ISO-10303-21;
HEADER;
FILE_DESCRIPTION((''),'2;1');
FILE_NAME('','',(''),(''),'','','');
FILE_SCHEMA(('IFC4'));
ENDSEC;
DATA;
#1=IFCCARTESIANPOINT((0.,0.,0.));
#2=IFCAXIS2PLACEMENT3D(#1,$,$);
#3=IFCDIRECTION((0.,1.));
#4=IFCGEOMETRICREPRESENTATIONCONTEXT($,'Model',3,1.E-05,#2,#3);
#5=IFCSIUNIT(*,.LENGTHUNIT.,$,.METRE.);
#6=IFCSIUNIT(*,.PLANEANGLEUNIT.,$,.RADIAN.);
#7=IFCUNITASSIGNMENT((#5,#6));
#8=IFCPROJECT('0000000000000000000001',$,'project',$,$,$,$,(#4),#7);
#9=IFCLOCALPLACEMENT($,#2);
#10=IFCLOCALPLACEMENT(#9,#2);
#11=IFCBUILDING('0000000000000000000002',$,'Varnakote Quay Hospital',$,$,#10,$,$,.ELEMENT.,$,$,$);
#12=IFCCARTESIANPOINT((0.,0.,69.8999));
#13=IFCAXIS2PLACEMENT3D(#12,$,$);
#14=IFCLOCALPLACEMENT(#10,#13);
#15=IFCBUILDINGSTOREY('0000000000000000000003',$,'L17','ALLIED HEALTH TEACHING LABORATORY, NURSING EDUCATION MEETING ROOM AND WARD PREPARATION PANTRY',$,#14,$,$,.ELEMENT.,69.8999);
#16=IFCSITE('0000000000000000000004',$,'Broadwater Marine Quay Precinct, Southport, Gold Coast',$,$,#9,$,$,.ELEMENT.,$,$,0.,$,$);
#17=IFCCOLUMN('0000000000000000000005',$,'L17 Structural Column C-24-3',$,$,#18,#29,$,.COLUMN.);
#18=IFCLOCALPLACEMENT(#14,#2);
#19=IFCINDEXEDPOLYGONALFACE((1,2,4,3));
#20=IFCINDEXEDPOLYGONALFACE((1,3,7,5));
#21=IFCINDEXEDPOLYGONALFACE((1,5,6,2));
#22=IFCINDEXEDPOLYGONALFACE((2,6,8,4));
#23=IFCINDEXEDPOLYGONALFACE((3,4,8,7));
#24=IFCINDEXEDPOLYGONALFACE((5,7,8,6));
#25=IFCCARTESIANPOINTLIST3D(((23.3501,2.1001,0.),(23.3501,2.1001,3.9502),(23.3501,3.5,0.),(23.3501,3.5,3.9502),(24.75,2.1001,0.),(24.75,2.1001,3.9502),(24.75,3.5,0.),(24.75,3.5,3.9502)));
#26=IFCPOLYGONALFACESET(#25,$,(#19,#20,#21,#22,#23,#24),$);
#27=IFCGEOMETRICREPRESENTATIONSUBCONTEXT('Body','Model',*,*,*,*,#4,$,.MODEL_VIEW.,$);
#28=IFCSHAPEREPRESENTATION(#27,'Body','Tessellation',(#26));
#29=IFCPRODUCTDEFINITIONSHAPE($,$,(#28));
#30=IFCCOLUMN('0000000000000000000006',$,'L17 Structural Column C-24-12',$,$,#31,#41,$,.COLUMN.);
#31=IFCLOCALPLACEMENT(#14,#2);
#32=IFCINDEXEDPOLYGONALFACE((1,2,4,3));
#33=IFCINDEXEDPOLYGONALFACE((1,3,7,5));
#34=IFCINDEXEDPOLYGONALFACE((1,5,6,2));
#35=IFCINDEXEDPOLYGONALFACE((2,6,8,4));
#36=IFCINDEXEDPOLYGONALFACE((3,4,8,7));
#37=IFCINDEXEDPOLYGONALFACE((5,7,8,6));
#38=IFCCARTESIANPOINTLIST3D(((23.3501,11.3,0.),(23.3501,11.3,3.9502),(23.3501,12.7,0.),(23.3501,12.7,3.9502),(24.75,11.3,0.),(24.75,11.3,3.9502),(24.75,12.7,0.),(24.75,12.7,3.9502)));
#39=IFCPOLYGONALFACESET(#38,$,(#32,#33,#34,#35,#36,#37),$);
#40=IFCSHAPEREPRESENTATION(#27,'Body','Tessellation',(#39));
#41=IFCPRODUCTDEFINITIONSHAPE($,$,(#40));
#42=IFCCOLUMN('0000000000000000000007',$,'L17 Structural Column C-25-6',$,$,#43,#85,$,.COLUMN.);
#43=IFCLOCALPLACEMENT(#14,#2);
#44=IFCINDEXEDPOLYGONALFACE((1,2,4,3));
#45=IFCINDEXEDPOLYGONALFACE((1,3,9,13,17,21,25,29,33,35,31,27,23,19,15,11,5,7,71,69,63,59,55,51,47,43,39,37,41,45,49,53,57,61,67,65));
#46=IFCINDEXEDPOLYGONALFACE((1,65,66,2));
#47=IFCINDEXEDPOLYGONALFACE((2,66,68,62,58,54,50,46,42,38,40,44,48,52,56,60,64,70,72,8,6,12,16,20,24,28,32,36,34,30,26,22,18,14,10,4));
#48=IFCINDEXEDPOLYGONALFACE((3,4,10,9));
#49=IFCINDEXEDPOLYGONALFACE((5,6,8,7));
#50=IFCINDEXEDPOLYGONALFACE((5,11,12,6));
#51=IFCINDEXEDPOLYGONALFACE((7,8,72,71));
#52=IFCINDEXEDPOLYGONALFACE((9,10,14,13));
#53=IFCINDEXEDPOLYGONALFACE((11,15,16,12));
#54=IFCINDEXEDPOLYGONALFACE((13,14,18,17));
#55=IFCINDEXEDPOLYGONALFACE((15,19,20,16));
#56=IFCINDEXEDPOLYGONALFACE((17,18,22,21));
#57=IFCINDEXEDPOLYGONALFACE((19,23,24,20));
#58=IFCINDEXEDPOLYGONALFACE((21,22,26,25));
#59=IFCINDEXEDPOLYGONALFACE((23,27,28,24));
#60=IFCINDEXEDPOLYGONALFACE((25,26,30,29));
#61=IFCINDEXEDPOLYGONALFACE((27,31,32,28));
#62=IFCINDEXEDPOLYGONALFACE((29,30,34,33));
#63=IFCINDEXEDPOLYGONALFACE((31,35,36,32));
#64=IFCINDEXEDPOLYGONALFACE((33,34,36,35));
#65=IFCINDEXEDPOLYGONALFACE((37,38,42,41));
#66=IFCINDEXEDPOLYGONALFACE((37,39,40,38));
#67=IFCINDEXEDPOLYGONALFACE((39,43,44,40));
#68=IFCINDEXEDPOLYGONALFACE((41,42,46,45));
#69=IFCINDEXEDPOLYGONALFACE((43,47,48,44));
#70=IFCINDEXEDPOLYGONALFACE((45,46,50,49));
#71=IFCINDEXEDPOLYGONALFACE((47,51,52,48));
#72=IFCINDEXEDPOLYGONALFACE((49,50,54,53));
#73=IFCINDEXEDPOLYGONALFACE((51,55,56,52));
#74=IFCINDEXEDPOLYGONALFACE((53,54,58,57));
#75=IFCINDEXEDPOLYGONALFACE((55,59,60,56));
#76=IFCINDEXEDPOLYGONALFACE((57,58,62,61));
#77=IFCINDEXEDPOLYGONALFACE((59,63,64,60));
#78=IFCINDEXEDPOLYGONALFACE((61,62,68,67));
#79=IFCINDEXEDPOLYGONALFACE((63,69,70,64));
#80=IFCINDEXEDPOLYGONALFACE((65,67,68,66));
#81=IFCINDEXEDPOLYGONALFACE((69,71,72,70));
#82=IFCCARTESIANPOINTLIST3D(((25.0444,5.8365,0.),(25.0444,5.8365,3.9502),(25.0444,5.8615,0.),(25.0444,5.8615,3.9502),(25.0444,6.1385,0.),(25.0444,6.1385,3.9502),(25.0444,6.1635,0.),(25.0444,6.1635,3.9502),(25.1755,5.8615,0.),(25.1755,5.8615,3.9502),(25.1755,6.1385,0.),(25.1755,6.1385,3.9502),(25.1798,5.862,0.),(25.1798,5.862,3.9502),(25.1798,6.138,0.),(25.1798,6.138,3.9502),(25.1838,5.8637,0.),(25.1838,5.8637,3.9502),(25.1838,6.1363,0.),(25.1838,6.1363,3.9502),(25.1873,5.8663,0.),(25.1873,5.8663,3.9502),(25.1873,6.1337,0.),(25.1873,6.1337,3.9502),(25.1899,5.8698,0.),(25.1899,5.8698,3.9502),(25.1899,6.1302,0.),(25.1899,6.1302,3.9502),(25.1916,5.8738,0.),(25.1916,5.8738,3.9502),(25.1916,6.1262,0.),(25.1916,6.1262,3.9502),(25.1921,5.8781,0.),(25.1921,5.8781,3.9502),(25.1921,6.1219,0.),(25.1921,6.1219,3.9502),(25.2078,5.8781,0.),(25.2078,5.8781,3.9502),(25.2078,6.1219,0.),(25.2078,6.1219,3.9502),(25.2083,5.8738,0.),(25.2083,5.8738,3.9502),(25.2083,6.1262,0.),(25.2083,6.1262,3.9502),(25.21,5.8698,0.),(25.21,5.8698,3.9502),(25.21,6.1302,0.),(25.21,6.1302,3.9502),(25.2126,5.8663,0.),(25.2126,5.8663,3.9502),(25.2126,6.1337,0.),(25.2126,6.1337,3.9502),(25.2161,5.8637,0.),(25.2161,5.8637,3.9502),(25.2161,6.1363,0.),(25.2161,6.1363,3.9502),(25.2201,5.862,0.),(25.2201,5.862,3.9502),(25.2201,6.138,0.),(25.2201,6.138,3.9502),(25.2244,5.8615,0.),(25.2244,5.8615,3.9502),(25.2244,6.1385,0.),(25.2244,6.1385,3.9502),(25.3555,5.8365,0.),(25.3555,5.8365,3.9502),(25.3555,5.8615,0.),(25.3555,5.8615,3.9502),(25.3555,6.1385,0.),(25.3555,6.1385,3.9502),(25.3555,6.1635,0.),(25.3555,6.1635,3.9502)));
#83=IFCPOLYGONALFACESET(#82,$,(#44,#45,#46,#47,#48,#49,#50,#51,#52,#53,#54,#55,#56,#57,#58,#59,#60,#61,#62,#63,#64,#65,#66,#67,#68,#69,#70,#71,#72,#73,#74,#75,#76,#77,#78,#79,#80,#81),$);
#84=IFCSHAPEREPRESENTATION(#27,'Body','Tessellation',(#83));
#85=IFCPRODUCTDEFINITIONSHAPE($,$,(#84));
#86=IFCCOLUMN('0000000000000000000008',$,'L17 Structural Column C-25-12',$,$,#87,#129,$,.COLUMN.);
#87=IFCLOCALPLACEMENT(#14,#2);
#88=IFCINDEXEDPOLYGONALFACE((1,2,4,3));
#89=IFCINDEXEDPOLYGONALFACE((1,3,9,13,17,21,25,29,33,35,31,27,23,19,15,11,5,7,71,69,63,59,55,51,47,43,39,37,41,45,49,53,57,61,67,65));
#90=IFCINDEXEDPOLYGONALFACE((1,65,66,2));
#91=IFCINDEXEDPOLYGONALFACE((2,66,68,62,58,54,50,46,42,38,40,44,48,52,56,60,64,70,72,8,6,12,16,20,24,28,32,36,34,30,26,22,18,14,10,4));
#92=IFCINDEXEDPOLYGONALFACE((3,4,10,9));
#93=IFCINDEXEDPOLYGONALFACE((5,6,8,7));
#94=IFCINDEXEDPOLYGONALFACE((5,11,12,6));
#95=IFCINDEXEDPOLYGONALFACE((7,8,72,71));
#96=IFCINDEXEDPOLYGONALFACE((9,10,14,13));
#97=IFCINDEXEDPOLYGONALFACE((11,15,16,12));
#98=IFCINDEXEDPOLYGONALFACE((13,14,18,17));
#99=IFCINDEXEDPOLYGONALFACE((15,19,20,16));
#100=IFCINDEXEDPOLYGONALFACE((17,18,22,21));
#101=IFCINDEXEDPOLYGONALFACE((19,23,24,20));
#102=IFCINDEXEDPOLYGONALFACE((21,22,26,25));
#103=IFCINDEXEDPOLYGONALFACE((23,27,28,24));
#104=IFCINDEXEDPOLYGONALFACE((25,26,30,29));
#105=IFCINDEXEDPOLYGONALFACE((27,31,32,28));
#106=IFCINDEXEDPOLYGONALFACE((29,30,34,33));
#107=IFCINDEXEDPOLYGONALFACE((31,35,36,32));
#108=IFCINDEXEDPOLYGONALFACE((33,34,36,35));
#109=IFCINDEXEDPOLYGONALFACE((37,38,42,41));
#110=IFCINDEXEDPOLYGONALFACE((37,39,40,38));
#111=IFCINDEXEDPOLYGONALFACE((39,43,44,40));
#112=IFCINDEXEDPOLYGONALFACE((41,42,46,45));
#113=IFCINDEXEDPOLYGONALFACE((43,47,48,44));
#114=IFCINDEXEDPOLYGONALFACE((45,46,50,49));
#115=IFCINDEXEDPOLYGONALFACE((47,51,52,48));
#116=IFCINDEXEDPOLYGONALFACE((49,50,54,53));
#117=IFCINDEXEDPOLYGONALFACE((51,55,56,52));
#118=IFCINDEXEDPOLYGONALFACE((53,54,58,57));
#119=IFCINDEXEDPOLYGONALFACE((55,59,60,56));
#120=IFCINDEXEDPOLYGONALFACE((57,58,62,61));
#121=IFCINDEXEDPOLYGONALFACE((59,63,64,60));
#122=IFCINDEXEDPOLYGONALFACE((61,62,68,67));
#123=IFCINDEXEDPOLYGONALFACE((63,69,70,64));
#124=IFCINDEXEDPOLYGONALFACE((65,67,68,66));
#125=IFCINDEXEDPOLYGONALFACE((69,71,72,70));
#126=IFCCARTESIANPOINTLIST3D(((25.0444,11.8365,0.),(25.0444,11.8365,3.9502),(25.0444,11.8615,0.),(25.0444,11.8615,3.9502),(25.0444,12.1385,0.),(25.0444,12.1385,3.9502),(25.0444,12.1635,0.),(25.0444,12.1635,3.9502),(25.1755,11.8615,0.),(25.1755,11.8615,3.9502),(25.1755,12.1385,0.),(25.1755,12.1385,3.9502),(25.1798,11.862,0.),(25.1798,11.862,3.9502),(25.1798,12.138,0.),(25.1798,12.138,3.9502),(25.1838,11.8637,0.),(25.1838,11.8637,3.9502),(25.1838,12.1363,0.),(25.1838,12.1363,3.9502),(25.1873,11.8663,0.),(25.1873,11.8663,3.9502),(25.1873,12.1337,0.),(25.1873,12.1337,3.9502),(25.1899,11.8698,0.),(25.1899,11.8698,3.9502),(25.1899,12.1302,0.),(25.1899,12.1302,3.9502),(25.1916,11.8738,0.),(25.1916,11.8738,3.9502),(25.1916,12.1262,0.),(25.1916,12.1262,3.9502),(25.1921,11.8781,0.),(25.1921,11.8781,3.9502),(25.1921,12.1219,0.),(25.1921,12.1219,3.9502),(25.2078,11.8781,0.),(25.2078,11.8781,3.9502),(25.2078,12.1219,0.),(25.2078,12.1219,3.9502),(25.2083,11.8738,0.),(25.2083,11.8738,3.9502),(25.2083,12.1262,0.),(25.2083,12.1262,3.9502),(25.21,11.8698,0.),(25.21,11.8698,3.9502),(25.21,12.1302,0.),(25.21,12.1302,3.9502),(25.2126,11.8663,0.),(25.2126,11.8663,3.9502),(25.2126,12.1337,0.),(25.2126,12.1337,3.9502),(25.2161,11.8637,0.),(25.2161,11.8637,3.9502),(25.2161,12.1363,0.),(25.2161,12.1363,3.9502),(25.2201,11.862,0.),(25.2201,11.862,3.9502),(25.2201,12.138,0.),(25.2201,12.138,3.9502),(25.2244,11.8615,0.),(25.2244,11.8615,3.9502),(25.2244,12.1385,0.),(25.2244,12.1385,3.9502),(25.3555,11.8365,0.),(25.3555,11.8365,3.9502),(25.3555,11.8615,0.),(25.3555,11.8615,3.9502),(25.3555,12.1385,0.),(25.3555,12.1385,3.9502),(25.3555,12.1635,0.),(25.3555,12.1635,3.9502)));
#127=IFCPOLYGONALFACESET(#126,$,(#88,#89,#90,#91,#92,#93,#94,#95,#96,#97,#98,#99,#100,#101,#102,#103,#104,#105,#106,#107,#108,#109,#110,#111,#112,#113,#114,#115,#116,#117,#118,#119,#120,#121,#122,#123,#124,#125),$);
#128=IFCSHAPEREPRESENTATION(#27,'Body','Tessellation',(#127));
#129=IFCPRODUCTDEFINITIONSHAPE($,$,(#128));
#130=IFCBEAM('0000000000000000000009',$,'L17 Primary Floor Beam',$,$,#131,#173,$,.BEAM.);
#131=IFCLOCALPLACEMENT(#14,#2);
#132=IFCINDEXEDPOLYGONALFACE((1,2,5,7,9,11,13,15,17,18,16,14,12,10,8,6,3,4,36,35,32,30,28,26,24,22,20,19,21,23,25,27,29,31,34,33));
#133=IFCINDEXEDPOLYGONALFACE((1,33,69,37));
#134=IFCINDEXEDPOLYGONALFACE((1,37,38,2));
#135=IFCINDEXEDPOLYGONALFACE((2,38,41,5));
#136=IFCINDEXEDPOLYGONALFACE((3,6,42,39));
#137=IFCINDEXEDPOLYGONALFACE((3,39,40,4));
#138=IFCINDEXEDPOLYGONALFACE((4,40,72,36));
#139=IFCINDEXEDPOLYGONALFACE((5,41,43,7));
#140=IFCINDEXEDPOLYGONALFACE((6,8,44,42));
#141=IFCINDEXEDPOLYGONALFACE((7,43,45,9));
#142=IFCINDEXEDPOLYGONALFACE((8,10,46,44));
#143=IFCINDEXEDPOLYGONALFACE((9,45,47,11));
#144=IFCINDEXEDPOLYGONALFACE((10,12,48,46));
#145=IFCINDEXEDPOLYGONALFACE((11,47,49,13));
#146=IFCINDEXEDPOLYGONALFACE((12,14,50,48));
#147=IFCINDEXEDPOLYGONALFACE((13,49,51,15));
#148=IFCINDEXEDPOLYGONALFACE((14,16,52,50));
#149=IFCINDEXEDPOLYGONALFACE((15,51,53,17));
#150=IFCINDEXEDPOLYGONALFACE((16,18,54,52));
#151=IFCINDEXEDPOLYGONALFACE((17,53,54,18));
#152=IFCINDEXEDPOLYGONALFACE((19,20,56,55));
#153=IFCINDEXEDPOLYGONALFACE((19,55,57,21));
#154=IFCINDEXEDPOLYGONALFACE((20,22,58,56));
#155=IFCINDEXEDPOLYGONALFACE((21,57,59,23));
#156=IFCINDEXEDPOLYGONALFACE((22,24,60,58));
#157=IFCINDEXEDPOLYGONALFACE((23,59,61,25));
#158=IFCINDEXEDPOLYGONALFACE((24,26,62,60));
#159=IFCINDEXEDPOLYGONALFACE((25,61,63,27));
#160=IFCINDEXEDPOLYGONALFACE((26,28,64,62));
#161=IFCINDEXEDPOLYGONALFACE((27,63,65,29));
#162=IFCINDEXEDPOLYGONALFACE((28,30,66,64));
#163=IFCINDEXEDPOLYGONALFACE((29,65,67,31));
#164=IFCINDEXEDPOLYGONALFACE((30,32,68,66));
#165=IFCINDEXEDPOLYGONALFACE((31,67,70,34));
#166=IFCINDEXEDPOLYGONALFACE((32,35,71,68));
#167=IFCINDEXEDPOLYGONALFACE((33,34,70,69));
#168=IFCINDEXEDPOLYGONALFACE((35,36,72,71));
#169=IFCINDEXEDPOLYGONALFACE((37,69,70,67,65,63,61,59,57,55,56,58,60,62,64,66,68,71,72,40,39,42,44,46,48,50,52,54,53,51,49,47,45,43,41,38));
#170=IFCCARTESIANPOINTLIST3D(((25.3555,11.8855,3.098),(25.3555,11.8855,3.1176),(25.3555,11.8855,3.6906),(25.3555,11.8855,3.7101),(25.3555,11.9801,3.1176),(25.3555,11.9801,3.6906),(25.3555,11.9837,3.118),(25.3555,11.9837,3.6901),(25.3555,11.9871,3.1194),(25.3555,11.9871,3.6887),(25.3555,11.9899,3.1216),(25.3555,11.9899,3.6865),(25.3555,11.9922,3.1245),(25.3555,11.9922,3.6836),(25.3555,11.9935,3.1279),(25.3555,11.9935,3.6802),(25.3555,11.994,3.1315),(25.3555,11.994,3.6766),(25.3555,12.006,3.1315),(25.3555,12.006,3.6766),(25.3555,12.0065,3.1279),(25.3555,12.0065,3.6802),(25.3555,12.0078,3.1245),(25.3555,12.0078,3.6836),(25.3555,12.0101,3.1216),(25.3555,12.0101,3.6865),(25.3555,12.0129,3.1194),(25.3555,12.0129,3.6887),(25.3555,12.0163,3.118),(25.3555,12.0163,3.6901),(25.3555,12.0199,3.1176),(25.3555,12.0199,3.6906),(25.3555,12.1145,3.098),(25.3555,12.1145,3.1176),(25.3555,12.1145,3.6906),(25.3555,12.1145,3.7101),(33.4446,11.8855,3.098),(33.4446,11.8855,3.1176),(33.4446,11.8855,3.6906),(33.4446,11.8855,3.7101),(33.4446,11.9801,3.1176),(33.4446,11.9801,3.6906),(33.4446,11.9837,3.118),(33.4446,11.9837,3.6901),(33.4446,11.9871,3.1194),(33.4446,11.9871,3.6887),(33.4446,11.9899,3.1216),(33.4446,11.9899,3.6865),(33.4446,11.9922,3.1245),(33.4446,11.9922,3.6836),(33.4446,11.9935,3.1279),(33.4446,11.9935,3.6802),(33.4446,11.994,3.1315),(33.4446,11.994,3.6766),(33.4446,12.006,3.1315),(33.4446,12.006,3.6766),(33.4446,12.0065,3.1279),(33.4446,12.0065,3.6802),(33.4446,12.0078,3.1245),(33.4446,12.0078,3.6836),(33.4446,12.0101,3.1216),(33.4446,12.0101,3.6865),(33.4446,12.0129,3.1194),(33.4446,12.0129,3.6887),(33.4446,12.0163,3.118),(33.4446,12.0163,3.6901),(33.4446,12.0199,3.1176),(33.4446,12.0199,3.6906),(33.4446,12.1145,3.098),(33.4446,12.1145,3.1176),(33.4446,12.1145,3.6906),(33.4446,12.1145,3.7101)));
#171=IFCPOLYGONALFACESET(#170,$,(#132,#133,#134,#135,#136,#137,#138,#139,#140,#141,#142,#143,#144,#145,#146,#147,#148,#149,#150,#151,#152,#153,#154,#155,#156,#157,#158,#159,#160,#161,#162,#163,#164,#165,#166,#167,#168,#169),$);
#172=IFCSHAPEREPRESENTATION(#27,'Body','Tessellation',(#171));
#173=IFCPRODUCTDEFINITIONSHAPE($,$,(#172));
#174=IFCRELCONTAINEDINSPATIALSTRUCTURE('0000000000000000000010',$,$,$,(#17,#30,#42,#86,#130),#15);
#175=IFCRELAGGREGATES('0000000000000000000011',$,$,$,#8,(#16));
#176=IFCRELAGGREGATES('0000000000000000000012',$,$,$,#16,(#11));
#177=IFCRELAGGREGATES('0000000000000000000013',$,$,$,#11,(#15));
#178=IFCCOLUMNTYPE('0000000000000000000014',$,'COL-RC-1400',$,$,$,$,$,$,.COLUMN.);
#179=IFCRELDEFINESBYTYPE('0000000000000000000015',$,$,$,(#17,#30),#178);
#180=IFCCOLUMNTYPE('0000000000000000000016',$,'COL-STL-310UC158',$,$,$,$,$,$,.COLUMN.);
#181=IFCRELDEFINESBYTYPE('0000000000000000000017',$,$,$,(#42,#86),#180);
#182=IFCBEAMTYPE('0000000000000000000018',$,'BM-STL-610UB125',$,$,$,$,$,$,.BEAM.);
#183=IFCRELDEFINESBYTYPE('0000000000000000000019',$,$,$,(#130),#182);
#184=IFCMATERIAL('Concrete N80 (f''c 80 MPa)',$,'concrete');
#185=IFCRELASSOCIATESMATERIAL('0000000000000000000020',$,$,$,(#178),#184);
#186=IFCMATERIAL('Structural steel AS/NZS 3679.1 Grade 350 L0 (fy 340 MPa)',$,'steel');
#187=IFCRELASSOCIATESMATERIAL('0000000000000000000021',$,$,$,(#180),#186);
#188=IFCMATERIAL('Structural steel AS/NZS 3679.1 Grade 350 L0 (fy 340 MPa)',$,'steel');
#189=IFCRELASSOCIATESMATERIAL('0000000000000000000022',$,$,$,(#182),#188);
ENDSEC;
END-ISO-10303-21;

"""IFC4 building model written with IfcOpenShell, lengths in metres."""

from ifc_helpers import new_model, si_unit, direction, frame, origin, origin_2d, place, context, subcontext, project, spatial, rectangle, i_section, extrude, material, material_profile, profile_set, type_object, element, save


model = new_model("IFC4")

# Units and contexts
model_context = context("Model", 3, precision=1e-05, world=origin(), true_north=direction((0.0, 1.0)))
body_context = subcontext(model_context, "Body", "Model", "MODEL_VIEW")
ifc_project = project(units=[si_unit("LENGTHUNIT", "METRE"), si_unit("PLANEANGLEUNIT", "RADIAN")], contexts=[model_context])

# Site, building, storey
site_placement = place(None, origin())
site = spatial("IfcSite", under=ifc_project, at=site_placement, Name="Broadwater Marine Quay Precinct, Southport, Gold Coast", CompositionType="ELEMENT", RefElevation=0.0)
building_placement = place(site_placement, origin())
building = spatial("IfcBuilding", under=site, at=building_placement, Name="Varnakote Quay Hospital", CompositionType="ELEMENT")
storey_placement = place(building_placement, frame((0.0, 0.0, 69.8999)))
storey = spatial("IfcBuildingStorey", under=building, at=storey_placement, Name="L17", Description="ALLIED HEALTH TEACHING LABORATORY, NURSING EDUCATION MEETING ROOM AND WARD PREPARATION PANTRY", CompositionType="ELEMENT", Elevation=69.8999)

# Columns
ifc_material_1 = material(Name="Concrete N80 (f'c 80 MPa)", Category="concrete")
ifc_material_profile_1 = material_profile(ifc_material_1, rectangle(XDim=1.3999, YDim=1.3999, at=origin_2d()), Name="RC-COL-1400x1400")
ifc_profile_set_1 = profile_set([ifc_material_profile_1], Name="Concrete N80 (f'c 80 MPa)")
column_type_1 = type_object("IfcColumnType", Name="COL-RC-1400", PredefinedType="COLUMN", material=ifc_profile_set_1)
for number, where, z_axis, x_axis, name in (
    (1, (24.05, 2.8, 0.0), (0.0, 0.0, 1.0), (1.0, 0.0, 0.0), "L17 Structural Column C-24-3"),
    (2, (24.05, 12.0, 0.0), (0.0, 0.0, 1.0), (1.0, 0.0, 0.0), "L17 Structural Column C-24-12"),
):
    element("IfcColumn", number, at=place(storey_placement, frame(where, z_axis=z_axis, x_axis=x_axis)), inside=storey, type_object=column_type_1, Name=name, PredefinedType="COLUMN", context=body_context, shape_type="SweptSolid", body=[
        extrude(rectangle(XDim=1.3999, YDim=1.3999, at=origin_2d()), origin(), (0.0, 0.0, 1.0), 3.9502),
    ])
ifc_material_2 = material(Name="Structural steel AS/NZS 3679.1 Grade 350 L0 (fy 340 MPa)", Category="steel")
ifc_material_profile_2 = material_profile(ifc_material_2, i_section(OverallWidth=0.311, OverallDepth=0.3269, WebThickness=0.0156, FlangeThickness=0.0249, FilletRadius=0.0166, at=origin_2d()), Name="310UC158")
ifc_profile_set_2 = profile_set([ifc_material_profile_2], Name="Structural steel AS/NZS 3679.1 Grade 350 L0 (fy 340 MPa)")
column_type_2 = type_object("IfcColumnType", Name="COL-STL-310UC158", PredefinedType="COLUMN", material=ifc_profile_set_2)
for number, where, z_axis, x_axis, name in (
    (3, (25.2, 6.0, 0.0), (0.0, 0.0, 1.0), (1.0, 0.0, 0.0), "L17 Structural Column C-25-6"),
    (4, (25.2, 12.0, 0.0), (0.0, 0.0, 1.0), (1.0, 0.0, 0.0), "L17 Structural Column C-25-12"),
):
    element("IfcColumn", number, at=place(storey_placement, frame(where, z_axis=z_axis, x_axis=x_axis)), inside=storey, type_object=column_type_2, Name=name, PredefinedType="COLUMN", context=body_context, shape_type="SweptSolid", body=[
        extrude(i_section(OverallWidth=0.311, OverallDepth=0.3269, WebThickness=0.0156, FlangeThickness=0.0249, FilletRadius=0.0166, at=origin_2d()), origin(), (0.0, 0.0, 1.0), 3.9502),
    ])

# Beam
ifc_material_3 = material(Name="Structural steel AS/NZS 3679.1 Grade 350 L0 (fy 340 MPa)", Category="steel")
ifc_material_profile_3 = material_profile(ifc_material_3, i_section(OverallWidth=0.229, OverallDepth=0.6121, WebThickness=0.012, FlangeThickness=0.0195, FilletRadius=0.0139, at=origin_2d()), Name="610UB125")
ifc_profile_set_3 = profile_set([ifc_material_profile_3], Name="Structural steel AS/NZS 3679.1 Grade 350 L0 (fy 340 MPa)")
beam_type_1 = type_object("IfcBeamType", Name="BM-STL-610UB125", PredefinedType="BEAM", material=ifc_profile_set_3)
beam_1_placement = place(storey_placement, frame((25.3555, 12.0, 3.4041), z_axis=(1.0, 0.0, 0.0), x_axis=(0.0, 1.0, 0.0)))
element("IfcBeam", 5, at=beam_1_placement, inside=storey, type_object=beam_type_1, Name="L17 Primary Floor Beam", PredefinedType="BEAM", context=body_context, shape_type="SweptSolid", body=[
    extrude(i_section(OverallWidth=0.229, OverallDepth=0.6121, WebThickness=0.012, FlangeThickness=0.0195, FilletRadius=0.0139, at=origin_2d()), origin(), (0.0, 0.0, 1.0), 8.0891),
])

save(model, "model.ifc")
